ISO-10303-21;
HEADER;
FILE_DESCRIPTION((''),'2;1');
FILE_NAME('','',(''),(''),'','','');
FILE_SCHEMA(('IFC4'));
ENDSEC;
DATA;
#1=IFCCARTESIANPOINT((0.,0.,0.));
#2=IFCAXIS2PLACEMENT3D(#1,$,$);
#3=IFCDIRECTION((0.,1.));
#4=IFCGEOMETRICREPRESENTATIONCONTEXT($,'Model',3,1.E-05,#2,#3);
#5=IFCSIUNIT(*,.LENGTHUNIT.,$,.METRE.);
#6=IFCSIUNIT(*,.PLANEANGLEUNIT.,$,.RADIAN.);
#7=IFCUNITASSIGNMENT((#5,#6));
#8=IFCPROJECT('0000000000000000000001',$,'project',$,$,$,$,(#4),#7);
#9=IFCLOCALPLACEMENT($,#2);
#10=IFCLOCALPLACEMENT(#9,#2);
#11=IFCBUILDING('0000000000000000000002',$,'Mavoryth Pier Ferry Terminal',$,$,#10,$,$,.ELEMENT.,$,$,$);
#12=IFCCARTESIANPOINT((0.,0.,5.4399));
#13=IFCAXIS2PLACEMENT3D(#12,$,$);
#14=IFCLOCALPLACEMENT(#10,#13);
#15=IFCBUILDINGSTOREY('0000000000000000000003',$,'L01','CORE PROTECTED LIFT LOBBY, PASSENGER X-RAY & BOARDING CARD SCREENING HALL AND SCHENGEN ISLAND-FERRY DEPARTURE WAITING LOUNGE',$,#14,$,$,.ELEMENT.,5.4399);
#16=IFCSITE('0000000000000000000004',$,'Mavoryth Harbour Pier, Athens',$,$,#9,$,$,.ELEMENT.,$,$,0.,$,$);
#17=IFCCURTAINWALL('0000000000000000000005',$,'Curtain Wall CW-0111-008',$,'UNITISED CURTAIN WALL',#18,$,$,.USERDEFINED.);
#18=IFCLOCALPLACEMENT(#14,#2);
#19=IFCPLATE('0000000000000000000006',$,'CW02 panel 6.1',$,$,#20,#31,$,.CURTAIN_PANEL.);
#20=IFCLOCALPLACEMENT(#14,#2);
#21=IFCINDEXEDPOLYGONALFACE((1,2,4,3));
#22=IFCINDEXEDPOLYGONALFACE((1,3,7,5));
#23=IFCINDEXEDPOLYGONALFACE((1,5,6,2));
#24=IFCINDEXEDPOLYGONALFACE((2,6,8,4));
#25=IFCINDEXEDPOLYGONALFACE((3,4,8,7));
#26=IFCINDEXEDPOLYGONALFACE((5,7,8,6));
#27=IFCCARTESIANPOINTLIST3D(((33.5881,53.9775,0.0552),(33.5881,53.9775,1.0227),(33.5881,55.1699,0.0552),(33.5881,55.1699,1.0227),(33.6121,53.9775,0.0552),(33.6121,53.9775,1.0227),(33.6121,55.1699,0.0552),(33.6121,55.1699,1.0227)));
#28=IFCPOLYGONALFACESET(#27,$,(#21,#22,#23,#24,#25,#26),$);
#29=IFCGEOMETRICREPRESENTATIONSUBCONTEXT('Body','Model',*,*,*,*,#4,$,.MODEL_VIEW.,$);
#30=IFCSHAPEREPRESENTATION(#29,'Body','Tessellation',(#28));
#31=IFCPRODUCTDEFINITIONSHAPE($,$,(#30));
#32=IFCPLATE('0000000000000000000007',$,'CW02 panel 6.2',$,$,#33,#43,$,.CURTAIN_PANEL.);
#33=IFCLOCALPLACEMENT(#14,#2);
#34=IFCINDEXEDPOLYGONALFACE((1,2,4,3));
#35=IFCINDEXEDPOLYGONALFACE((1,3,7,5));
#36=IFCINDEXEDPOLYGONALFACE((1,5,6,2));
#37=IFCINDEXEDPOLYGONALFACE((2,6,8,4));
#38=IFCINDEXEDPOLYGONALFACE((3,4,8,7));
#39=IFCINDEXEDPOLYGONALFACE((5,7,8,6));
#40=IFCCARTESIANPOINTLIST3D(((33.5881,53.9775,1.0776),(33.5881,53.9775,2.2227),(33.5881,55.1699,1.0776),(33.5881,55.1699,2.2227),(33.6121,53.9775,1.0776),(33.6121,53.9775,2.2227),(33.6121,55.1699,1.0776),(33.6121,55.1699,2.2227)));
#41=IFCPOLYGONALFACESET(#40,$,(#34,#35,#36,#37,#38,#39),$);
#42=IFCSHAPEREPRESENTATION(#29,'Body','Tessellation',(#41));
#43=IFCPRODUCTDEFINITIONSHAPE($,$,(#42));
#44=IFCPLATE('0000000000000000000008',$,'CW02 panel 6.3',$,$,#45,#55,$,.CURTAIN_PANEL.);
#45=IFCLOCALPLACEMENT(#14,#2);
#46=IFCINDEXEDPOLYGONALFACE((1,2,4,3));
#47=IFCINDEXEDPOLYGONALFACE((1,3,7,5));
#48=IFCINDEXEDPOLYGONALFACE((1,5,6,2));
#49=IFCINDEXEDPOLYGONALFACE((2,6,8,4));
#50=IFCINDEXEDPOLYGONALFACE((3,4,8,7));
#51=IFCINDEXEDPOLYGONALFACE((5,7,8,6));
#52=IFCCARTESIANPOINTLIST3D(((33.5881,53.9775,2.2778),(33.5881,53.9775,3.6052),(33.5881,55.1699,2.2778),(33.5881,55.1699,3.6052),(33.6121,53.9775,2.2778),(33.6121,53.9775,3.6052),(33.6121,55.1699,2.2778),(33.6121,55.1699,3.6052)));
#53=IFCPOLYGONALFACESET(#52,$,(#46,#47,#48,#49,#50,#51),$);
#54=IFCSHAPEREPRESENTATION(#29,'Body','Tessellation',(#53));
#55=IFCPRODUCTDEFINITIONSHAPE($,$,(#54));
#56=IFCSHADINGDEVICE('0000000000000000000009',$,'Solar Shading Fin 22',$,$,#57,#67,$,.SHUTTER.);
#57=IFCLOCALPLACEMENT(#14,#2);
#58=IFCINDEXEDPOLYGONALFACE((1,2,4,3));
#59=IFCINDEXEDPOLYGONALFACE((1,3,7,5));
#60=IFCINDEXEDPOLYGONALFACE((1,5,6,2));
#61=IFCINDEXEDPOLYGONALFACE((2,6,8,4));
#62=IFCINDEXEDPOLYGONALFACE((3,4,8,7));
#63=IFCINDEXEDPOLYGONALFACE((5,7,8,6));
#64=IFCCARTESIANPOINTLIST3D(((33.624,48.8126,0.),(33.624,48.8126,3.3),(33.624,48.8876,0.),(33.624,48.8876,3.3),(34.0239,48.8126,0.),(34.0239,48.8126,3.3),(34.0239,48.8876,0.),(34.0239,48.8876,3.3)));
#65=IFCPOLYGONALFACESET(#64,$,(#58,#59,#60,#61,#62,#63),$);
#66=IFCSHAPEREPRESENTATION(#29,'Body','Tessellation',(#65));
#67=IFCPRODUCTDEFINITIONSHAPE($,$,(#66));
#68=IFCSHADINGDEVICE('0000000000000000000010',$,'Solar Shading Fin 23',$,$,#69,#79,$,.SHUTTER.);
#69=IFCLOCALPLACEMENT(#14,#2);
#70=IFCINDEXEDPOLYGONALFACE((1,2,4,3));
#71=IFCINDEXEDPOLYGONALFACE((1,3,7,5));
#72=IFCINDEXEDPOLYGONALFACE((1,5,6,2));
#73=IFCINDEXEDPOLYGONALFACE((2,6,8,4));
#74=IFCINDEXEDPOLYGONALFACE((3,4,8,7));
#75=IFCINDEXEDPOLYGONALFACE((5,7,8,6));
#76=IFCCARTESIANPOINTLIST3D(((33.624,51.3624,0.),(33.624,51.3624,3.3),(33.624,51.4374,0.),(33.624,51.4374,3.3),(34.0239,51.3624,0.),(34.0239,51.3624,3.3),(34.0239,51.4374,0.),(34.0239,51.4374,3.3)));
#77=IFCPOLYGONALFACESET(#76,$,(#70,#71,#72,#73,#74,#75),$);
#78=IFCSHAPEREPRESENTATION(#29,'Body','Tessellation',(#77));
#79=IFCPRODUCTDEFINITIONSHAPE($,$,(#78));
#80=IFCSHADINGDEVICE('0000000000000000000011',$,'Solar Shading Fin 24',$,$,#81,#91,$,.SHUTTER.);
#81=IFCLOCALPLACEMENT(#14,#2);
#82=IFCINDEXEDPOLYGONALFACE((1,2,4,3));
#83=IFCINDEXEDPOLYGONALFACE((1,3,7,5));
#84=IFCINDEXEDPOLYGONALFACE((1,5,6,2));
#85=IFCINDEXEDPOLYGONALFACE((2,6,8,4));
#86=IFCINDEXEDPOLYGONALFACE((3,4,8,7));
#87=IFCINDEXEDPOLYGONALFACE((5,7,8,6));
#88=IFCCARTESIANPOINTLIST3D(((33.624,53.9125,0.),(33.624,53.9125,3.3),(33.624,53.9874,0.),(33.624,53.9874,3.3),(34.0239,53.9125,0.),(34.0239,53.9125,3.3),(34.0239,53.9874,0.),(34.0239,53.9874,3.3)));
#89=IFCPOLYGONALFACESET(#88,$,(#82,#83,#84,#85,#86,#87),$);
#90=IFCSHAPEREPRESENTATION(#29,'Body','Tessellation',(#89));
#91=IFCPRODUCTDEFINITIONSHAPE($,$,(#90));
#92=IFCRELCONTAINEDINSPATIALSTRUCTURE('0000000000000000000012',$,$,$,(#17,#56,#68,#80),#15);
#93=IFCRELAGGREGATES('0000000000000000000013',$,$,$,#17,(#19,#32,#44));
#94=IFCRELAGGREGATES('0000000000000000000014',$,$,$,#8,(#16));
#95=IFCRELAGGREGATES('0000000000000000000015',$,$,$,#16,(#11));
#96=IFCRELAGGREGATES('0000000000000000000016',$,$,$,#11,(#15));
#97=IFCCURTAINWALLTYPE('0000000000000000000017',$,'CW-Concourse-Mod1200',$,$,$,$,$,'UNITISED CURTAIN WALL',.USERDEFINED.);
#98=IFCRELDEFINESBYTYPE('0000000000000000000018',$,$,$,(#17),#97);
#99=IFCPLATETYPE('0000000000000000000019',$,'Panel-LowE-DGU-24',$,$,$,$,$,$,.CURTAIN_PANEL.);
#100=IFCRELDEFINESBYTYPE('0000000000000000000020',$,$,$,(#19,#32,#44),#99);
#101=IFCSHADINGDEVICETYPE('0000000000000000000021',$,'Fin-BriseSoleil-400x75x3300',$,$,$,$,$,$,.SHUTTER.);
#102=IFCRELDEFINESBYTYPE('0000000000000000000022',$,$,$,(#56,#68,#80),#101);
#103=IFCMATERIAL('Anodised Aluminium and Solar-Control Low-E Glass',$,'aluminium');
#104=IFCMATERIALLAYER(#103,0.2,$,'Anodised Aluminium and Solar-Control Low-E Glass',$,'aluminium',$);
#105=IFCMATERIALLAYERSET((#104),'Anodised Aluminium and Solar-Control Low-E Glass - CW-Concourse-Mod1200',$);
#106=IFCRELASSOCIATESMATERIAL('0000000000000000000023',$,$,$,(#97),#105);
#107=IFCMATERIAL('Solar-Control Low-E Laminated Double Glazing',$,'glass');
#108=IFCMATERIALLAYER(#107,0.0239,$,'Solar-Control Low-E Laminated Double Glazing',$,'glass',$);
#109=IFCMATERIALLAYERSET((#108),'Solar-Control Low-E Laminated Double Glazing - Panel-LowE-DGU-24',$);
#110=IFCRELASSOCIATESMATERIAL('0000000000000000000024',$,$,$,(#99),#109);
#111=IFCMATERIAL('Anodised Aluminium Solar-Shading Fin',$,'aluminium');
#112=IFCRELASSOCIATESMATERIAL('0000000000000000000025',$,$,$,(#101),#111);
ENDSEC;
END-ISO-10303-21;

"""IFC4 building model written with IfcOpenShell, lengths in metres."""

from ifc_helpers import new_model, si_unit, direction, frame, origin, origin_2d, place, context, subcontext, project, spatial, rectangle, extrude, material, layer, layer_set, type_object, element, aggregate, save


model = new_model("IFC4")

# Units and contexts
model_context = context("Model", 3, precision=1e-05, world=origin(), true_north=direction((0.0, 1.0)))
body_context = subcontext(model_context, "Body", "Model", "MODEL_VIEW")
ifc_project = project(units=[si_unit("LENGTHUNIT", "METRE"), si_unit("PLANEANGLEUNIT", "RADIAN")], contexts=[model_context])

# Site, building, storey
site_placement = place(None, origin())
site = spatial("IfcSite", under=ifc_project, at=site_placement, Name="Mavoryth Harbour Pier, Athens", CompositionType="ELEMENT", RefElevation=0.0)
building_placement = place(site_placement, origin())
building = spatial("IfcBuilding", under=site, at=building_placement, Name="Mavoryth Pier Ferry Terminal", CompositionType="ELEMENT")
storey_placement = place(building_placement, frame((0.0, 0.0, 5.4399)))
storey = spatial("IfcBuildingStorey", under=building, at=storey_placement, Name="L01", Description="CORE PROTECTED LIFT LOBBY, PASSENGER X-RAY & BOARDING CARD SCREENING HALL AND SCHENGEN ISLAND-FERRY DEPARTURE WAITING LOUNGE", CompositionType="ELEMENT", Elevation=5.4399)

# Curtain wall
ifc_material_1 = material(Name="Anodised Aluminium and Solar-Control Low-E Glass", Category="aluminium")
ifc_layer_1 = layer(ifc_material_1, 0.2, Name="Anodised Aluminium and Solar-Control Low-E Glass", Category="aluminium")
ifc_layer_set_1 = layer_set([ifc_layer_1], Name="Anodised Aluminium and Solar-Control Low-E Glass - CW-Concourse-Mod1200")
curtain_wall_type = type_object("IfcCurtainWallType", Name="CW-Concourse-Mod1200", ElementType="UNITISED CURTAIN WALL", PredefinedType="USERDEFINED", material=ifc_layer_set_1)
curtain_wall_1_placement = place(storey_placement, origin())
curtain_wall_1 = element("IfcCurtainWall", 1, at=curtain_wall_1_placement, inside=storey, type_object=curtain_wall_type, Name="Curtain Wall CW-0111-008", ObjectType="UNITISED CURTAIN WALL", PredefinedType="USERDEFINED")

# Plates
ifc_material_2 = material(Name="Solar-Control Low-E Laminated Double Glazing", Category="glass")
ifc_layer_2 = layer(ifc_material_2, 0.0239, Name="Solar-Control Low-E Laminated Double Glazing", Category="glass")
ifc_layer_set_2 = layer_set([ifc_layer_2], Name="Solar-Control Low-E Laminated Double Glazing - Panel-LowE-DGU-24")
plate_type = type_object("IfcPlateType", Name="Panel-LowE-DGU-24", PredefinedType="CURTAIN_PANEL", material=ifc_layer_set_2)
plate_1_placement = place(storey_placement, frame((33.6001, 54.5737, 0.0552), z_axis=(0.0, 0.0, 1.0), x_axis=(0.0, 1.0, 0.0)))
plate_1 = element("IfcPlate", 2, at=plate_1_placement, type_object=plate_type, Name="CW02 panel 6.1", PredefinedType="CURTAIN_PANEL", context=body_context, shape_type="SweptSolid", body=[
    extrude(rectangle(XDim=1.1924, YDim=0.0239, at=origin_2d()), origin(), (0.0, 0.0, 1.0), 0.9675),
])
plate_2_placement = place(storey_placement, frame((33.6001, 54.5737, 1.0776), z_axis=(0.0, 0.0, 1.0), x_axis=(0.0, 1.0, 0.0)))
plate_2 = element("IfcPlate", 3, at=plate_2_placement, type_object=plate_type, Name="CW02 panel 6.2", PredefinedType="CURTAIN_PANEL", context=body_context, shape_type="SweptSolid", body=[
    extrude(rectangle(XDim=1.1924, YDim=0.0239, at=origin_2d()), origin(), (0.0, 0.0, 1.0), 1.145),
])
plate_3_placement = place(storey_placement, frame((33.6001, 54.5737, 2.2778), z_axis=(0.0, 0.0, 1.0), x_axis=(0.0, 1.0, 0.0)))
plate_3 = element("IfcPlate", 4, at=plate_3_placement, type_object=plate_type, Name="CW02 panel 6.3", PredefinedType="CURTAIN_PANEL", context=body_context, shape_type="SweptSolid", body=[
    extrude(rectangle(XDim=1.1924, YDim=0.0239, at=origin_2d()), origin(), (0.0, 0.0, 1.0), 1.3274),
])
aggregate(curtain_wall_1, [plate_1, plate_2, plate_3])

# Shading devices
ifc_material_3 = material(Name="Anodised Aluminium Solar-Shading Fin", Category="aluminium")
shading_device_type = type_object("IfcShadingDeviceType", Name="Fin-BriseSoleil-400x75x3300", PredefinedType="SHUTTER", material=ifc_material_3)
for number, where, z_axis, x_axis, name in (
    (5, (33.824, 48.8501, 0.0), (0.0, 0.0, 1.0), (0.0, 1.0, 0.0), "Solar Shading Fin 22"),
    (6, (33.824, 51.3999, 0.0), (0.0, 0.0, 1.0), (0.0, 1.0, 0.0), "Solar Shading Fin 23"),
    (7, (33.824, 53.95, 0.0), (0.0, 0.0, 1.0), (0.0, 1.0, 0.0), "Solar Shading Fin 24"),
):
    element("IfcShadingDevice", number, at=place(storey_placement, frame(where, z_axis=z_axis, x_axis=x_axis)), inside=storey, type_object=shading_device_type, Name=name, PredefinedType="SHUTTER", context=body_context, shape_type="SweptSolid", body=[
        extrude(rectangle(XDim=0.075, YDim=0.3999, at=origin_2d()), origin(), (0.0, 0.0, 1.0), 3.3),
    ])

save(model, "model.ifc")
